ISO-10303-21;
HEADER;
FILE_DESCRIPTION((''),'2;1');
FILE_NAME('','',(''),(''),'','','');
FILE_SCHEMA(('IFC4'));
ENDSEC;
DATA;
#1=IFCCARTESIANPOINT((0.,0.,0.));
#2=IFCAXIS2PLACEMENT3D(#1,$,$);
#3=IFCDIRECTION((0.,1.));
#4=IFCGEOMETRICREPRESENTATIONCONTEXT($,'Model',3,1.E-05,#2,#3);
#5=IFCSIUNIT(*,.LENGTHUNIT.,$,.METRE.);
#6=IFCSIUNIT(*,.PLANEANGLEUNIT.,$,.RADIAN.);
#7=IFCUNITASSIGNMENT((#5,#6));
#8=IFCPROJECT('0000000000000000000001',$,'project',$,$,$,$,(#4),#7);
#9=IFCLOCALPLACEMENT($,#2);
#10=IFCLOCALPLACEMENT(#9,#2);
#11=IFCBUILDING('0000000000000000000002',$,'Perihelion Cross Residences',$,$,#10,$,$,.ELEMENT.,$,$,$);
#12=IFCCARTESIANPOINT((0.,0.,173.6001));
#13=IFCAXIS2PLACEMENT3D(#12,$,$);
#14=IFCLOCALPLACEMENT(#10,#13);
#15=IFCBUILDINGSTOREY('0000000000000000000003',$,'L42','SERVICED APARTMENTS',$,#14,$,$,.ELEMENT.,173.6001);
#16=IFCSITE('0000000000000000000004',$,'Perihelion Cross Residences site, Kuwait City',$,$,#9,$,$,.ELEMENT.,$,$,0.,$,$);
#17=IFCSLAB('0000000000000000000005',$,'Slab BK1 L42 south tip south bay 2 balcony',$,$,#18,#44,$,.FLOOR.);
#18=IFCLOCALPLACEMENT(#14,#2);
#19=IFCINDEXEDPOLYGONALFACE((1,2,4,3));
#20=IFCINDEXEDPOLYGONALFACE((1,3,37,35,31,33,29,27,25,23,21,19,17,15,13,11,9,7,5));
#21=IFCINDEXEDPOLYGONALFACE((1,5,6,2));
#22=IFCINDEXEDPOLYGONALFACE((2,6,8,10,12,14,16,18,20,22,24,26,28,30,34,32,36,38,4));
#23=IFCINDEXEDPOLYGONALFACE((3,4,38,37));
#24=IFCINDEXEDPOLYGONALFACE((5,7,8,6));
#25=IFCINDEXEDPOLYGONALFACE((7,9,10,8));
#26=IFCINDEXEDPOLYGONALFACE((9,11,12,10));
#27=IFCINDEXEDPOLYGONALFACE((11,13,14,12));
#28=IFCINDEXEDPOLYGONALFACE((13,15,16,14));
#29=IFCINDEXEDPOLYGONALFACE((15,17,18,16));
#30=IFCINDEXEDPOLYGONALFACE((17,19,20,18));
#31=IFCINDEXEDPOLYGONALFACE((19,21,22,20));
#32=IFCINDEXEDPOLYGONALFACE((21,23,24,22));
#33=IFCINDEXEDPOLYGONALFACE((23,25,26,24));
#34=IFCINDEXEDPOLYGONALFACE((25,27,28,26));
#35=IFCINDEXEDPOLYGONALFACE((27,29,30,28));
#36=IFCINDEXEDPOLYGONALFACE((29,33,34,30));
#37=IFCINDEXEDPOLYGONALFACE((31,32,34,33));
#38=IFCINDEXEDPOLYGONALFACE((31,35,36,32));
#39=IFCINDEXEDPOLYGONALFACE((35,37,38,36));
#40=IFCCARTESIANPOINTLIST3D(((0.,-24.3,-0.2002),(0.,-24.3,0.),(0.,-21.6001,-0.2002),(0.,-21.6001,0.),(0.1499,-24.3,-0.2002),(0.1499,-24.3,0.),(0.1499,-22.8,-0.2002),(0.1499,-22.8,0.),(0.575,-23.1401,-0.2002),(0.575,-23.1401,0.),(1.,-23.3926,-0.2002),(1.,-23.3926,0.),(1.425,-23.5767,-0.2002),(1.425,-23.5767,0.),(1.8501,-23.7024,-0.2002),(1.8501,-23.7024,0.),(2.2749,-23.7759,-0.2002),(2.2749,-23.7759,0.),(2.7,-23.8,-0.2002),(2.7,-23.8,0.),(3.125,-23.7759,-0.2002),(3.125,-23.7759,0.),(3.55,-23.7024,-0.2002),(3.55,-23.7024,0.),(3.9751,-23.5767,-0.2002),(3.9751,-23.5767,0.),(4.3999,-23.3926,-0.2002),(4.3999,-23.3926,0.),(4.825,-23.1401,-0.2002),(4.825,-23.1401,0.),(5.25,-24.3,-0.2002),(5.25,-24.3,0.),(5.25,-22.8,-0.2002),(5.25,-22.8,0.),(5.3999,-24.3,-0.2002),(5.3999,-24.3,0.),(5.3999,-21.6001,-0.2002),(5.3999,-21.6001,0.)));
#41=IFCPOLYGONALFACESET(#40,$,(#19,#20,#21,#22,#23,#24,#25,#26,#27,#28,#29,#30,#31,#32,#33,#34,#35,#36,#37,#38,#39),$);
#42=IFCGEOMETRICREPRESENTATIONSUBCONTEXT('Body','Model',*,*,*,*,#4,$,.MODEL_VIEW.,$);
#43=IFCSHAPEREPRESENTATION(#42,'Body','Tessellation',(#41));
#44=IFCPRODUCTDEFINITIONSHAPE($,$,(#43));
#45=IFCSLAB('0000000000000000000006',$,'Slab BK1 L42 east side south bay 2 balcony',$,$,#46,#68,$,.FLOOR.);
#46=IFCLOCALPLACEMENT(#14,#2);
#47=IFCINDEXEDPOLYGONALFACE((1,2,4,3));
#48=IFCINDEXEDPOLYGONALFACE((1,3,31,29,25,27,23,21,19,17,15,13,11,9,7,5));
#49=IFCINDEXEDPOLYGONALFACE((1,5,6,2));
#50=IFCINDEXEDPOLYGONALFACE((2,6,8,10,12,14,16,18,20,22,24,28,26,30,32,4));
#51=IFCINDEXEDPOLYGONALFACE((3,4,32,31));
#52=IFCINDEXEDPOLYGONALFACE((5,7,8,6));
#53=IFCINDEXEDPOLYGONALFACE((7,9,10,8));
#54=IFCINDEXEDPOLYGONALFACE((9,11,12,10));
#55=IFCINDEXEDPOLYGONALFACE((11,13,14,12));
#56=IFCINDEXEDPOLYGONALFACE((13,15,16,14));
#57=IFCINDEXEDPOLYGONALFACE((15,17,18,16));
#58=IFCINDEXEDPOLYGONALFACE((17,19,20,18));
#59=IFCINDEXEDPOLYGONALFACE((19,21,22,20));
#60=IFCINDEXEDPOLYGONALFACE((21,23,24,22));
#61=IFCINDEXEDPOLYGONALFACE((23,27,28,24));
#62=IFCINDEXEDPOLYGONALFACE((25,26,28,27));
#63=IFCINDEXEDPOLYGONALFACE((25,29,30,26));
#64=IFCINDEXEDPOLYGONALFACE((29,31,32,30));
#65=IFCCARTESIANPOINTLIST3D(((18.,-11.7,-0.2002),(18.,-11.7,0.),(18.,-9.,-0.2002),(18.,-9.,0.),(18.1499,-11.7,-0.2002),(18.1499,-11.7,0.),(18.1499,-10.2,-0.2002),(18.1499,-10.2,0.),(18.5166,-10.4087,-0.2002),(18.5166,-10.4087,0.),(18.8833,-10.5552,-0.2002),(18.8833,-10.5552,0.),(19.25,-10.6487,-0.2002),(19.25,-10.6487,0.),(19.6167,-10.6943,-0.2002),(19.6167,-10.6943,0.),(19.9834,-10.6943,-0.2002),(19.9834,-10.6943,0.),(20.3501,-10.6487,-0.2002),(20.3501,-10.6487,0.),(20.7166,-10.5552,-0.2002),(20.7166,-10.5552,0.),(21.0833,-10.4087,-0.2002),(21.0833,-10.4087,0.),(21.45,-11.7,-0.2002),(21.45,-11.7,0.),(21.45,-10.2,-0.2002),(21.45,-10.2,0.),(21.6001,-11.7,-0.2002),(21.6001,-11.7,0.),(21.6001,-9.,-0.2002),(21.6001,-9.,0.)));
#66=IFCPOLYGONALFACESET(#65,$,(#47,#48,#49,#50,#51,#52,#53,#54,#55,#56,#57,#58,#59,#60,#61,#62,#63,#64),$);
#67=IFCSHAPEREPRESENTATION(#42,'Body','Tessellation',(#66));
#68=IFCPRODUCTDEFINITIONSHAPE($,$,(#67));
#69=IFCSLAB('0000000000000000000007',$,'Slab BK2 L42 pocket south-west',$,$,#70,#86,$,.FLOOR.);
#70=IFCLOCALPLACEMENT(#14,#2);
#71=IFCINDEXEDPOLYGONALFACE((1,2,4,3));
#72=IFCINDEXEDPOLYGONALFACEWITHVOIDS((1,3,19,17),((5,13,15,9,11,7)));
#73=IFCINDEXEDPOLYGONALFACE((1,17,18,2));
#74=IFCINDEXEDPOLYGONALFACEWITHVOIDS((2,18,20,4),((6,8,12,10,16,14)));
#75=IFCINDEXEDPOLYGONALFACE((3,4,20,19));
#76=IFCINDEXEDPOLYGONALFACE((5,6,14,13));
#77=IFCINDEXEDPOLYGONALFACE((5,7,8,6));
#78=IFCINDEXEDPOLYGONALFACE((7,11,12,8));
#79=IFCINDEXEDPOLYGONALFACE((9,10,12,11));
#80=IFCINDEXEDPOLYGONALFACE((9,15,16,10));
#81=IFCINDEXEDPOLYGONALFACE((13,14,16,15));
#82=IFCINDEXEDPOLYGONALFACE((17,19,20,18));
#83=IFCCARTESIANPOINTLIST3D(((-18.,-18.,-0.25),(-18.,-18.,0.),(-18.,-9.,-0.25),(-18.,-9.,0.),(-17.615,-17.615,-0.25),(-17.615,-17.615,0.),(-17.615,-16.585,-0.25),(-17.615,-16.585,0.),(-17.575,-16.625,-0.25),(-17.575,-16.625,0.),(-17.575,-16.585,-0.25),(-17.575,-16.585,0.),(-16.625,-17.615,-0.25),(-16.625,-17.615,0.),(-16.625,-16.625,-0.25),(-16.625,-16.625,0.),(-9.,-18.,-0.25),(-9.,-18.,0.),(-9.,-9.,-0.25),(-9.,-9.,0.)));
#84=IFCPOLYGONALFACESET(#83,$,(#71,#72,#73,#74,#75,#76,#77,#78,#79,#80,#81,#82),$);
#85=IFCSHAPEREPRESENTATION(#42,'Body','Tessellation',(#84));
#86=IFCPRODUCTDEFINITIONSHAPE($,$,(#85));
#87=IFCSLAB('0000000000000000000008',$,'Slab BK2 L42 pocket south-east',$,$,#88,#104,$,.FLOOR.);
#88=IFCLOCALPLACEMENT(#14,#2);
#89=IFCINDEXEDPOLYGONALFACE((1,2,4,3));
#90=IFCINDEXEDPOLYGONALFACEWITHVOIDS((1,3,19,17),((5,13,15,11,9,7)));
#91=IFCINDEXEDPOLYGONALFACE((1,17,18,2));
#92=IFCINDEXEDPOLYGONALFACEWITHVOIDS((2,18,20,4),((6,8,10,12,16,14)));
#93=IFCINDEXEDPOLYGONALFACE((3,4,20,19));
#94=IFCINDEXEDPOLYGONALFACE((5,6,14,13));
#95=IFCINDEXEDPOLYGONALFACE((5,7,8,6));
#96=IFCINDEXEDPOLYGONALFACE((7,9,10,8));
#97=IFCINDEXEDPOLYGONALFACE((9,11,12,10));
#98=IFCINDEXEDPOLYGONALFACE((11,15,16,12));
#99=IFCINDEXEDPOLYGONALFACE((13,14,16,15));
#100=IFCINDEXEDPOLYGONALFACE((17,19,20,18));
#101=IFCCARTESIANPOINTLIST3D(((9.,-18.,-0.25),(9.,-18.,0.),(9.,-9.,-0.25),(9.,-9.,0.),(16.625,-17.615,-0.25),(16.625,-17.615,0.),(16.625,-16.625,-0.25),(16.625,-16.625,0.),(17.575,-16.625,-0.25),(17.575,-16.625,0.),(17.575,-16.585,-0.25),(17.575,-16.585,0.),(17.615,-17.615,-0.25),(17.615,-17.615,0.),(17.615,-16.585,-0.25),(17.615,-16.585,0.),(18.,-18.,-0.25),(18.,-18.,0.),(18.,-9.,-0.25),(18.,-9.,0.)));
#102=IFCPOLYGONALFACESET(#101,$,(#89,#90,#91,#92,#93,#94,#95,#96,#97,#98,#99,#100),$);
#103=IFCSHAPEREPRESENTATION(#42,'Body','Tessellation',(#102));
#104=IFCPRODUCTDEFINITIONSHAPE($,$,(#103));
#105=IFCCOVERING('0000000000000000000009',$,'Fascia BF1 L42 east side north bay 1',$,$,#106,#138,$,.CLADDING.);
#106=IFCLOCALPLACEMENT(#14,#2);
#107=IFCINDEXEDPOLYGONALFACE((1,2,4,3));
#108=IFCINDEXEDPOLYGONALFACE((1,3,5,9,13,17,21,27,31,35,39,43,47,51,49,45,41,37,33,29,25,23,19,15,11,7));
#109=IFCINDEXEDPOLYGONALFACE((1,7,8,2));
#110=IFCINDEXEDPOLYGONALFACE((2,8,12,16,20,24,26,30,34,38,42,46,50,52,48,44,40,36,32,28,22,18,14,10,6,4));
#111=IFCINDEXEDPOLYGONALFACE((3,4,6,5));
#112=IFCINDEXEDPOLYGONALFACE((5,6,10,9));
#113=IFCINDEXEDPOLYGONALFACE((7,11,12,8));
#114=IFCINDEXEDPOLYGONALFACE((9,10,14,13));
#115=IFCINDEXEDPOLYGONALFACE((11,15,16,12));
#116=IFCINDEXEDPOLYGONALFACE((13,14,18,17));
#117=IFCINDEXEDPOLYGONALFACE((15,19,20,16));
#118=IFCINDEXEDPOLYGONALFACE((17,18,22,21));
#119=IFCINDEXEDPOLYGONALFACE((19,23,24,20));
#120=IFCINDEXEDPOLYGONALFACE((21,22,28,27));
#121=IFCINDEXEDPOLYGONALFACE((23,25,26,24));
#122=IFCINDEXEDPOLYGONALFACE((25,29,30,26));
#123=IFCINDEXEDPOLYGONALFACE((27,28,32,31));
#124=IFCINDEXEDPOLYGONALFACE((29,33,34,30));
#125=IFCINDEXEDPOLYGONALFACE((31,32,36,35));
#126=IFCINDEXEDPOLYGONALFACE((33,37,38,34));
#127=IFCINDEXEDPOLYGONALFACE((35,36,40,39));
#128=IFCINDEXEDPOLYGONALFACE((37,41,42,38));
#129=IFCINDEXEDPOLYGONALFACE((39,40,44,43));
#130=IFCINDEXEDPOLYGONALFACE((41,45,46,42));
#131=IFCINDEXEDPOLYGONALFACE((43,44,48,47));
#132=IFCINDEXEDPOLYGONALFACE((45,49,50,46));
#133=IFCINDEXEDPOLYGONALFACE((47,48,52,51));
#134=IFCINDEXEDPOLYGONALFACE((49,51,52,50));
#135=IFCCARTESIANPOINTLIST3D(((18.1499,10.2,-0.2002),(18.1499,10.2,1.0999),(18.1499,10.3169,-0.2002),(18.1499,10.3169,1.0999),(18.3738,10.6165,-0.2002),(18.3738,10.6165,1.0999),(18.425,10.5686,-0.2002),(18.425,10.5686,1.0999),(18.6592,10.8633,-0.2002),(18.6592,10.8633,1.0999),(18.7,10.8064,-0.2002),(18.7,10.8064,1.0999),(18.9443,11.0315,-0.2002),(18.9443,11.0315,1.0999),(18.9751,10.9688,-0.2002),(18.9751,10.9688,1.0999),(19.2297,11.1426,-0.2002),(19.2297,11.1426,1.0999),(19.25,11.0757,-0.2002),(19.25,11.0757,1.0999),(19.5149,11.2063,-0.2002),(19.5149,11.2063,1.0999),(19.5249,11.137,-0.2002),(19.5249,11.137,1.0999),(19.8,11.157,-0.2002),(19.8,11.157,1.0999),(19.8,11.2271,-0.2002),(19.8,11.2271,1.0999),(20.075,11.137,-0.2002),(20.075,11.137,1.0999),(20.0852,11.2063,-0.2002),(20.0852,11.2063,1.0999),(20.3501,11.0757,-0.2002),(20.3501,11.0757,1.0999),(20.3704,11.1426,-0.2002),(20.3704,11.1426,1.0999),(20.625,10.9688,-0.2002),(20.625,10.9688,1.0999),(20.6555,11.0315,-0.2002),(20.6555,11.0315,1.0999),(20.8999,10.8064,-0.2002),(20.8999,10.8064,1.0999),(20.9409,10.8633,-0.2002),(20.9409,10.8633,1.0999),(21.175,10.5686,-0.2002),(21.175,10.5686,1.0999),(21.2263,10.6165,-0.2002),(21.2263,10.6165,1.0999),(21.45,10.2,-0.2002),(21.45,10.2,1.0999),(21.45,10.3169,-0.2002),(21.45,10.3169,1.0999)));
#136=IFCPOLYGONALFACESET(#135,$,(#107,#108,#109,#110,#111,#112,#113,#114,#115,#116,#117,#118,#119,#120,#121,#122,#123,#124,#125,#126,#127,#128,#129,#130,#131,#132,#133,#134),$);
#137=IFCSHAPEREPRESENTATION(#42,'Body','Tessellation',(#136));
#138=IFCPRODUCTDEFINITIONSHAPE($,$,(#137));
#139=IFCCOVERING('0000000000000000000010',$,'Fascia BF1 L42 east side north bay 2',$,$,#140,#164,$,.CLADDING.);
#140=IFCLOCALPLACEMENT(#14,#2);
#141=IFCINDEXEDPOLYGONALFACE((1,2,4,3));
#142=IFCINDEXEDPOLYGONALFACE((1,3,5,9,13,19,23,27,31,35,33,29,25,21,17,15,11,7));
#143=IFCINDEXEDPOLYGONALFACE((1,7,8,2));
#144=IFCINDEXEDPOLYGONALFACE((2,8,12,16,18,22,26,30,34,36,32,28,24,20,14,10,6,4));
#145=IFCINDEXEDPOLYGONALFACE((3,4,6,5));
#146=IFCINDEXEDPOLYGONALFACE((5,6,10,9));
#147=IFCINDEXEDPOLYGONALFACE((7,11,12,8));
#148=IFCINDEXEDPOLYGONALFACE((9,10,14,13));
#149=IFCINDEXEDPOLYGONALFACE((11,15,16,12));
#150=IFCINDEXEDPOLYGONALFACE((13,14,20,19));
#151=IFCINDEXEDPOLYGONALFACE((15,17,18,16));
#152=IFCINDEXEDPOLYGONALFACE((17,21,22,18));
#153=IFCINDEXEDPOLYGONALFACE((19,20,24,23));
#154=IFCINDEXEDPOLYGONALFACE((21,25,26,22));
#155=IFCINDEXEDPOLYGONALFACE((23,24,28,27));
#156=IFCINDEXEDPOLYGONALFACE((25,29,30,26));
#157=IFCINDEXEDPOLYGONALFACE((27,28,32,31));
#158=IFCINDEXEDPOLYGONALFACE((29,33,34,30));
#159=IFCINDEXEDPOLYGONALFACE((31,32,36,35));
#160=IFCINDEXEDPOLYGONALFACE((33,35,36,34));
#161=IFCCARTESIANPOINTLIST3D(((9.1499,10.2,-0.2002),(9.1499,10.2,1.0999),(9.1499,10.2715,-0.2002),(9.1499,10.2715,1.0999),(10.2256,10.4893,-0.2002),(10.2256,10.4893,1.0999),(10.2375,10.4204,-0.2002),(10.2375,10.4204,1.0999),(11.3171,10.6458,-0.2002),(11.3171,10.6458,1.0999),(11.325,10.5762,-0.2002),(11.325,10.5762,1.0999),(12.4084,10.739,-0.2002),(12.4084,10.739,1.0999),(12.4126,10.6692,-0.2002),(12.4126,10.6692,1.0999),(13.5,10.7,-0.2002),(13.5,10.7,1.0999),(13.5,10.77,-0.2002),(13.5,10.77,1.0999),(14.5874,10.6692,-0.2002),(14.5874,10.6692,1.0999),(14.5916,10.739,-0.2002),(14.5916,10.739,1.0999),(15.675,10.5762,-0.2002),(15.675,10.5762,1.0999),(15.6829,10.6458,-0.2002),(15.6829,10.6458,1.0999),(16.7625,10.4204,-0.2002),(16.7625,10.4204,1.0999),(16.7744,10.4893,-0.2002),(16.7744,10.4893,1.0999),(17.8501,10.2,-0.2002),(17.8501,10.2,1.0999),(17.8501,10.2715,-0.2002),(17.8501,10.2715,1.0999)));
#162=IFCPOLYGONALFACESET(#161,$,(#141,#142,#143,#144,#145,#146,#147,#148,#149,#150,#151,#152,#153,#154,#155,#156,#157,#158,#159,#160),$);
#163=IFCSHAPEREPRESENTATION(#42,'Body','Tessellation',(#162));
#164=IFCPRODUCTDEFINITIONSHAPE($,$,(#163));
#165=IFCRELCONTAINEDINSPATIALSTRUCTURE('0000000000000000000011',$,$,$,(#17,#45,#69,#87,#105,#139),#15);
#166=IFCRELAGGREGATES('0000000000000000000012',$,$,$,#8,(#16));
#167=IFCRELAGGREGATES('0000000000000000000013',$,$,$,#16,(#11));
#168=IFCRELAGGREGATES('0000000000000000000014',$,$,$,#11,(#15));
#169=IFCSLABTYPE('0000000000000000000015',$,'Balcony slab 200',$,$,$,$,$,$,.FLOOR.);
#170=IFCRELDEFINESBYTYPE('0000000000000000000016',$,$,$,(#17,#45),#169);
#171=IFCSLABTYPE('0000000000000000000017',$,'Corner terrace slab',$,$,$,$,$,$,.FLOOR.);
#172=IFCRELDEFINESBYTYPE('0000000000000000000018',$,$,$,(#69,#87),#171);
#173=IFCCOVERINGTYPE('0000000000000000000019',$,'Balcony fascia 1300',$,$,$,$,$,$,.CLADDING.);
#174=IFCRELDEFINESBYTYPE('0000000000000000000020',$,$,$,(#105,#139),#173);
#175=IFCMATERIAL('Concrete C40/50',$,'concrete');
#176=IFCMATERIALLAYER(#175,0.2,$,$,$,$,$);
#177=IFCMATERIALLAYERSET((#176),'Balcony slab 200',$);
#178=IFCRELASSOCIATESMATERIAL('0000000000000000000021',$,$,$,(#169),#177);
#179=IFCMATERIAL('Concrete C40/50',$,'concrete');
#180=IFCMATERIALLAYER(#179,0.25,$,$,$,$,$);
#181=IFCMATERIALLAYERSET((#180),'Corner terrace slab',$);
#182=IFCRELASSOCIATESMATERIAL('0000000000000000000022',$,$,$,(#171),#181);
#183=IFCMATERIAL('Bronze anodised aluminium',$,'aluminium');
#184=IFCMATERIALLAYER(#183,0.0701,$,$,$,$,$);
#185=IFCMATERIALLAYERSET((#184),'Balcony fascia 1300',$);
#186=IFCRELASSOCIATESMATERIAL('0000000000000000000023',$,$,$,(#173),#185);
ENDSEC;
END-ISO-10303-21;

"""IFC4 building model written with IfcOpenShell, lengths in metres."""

from ifc_helpers import new_model, si_unit, direction, frame, origin, place, context, subcontext, project, spatial, polyline, outline, extrude, material, layer, layer_set, type_object, element, save


model = new_model("IFC4")

# Units and contexts
model_context = context("Model", 3, precision=1e-05, world=origin(), true_north=direction((0.0, 1.0)))
body_context = subcontext(model_context, "Body", "Model", "MODEL_VIEW")
ifc_project = project(units=[si_unit("LENGTHUNIT", "METRE"), si_unit("PLANEANGLEUNIT", "RADIAN")], contexts=[model_context])

# Site, building, storey
site_placement = place(None, origin())
site = spatial("IfcSite", under=ifc_project, at=site_placement, Name="Perihelion Cross Residences site, Kuwait City", CompositionType="ELEMENT", RefElevation=0.0)
building_placement = place(site_placement, origin())
building = spatial("IfcBuilding", under=site, at=building_placement, Name="Perihelion Cross Residences", CompositionType="ELEMENT")
storey_placement = place(building_placement, frame((0.0, 0.0, 173.6001)))
storey = spatial("IfcBuildingStorey", under=building, at=storey_placement, Name="L42", Description="SERVICED APARTMENTS", CompositionType="ELEMENT", Elevation=173.6001)

# Slabs
ifc_material_1 = material(Name="Concrete C40/50", Category="concrete")
ifc_layer_1 = layer(ifc_material_1, 0.2)
ifc_layer_set_1 = layer_set([ifc_layer_1], Name="Balcony slab 200")
slab_type_1 = type_object("IfcSlabType", Name="Balcony slab 200", PredefinedType="FLOOR", material=ifc_layer_set_1)
slab_1_placement = place(storey_placement, frame((0.0, 0.0, -0.2002)))
element("IfcSlab", 1, at=slab_1_placement, inside=storey, type_object=slab_type_1, Name="Slab BK1 L42 south tip south bay 2 balcony", PredefinedType="FLOOR", context=body_context, shape_type="SweptSolid", body=[
    extrude(outline(polyline([(0.0, -21.6001), (5.3999, -21.6001), (5.3999, -24.3), (5.25, -24.3), (5.25, -22.8), (4.825, -23.1401), (4.3999, -23.3926), (3.9751, -23.5767), (3.55, -23.7024), (3.125, -23.7759), (2.7, -23.8), (2.2749, -23.7759), (1.8501, -23.7024), (1.425, -23.5767), (1.0, -23.3926), (0.575, -23.1401), (0.1499, -22.8), (0.1499, -24.3), (0.0, -24.3), (0.0, -21.6001)])), origin(), (0.0, 0.0, 1.0), 0.2002),
])
slab_2_placement = place(storey_placement, frame((0.0, 0.0, -0.2002)))
element("IfcSlab", 2, at=slab_2_placement, inside=storey, type_object=slab_type_1, Name="Slab BK1 L42 east side south bay 2 balcony", PredefinedType="FLOOR", context=body_context, shape_type="SweptSolid", body=[
    extrude(outline(polyline([(18.0, -9.0), (21.6001, -9.0), (21.6001, -11.7), (21.45, -11.7), (21.45, -10.2), (21.0833, -10.4087), (20.7166, -10.5552), (20.3501, -10.6487), (19.9834, -10.6943), (19.6167, -10.6943), (19.25, -10.6487), (18.8833, -10.5552), (18.5166, -10.4087), (18.1499, -10.2), (18.1499, -11.7), (18.0, -11.7), (18.0, -9.0)])), origin(), (0.0, 0.0, 1.0), 0.2002),
])
ifc_material_2 = material(Name="Concrete C40/50", Category="concrete")
ifc_layer_2 = layer(ifc_material_2, 0.25)
ifc_layer_set_2 = layer_set([ifc_layer_2], Name="Corner terrace slab")
slab_type_2 = type_object("IfcSlabType", Name="Corner terrace slab", PredefinedType="FLOOR", material=ifc_layer_set_2)
slab_3_placement = place(storey_placement, frame((0.0, 0.0, -0.25)))
element("IfcSlab", 3, at=slab_3_placement, inside=storey, type_object=slab_type_2, Name="Slab BK2 L42 pocket south-west", PredefinedType="FLOOR", context=body_context, shape_type="SweptSolid", body=[
    extrude(outline(polyline([(-9.0, -18.0), (-9.0, -9.0), (-18.0, -9.0), (-18.0, -18.0), (-9.0, -18.0)]), holes=[polyline([(-16.625, -17.615), (-17.615, -17.615), (-17.615, -16.585), (-17.575, -16.585), (-17.575, -16.625), (-16.625, -16.625), (-16.625, -17.615)])]), origin(), (0.0, 0.0, 1.0), 0.25),
])
slab_4_placement = place(storey_placement, frame((0.0, 0.0, -0.25)))
element("IfcSlab", 4, at=slab_4_placement, inside=storey, type_object=slab_type_2, Name="Slab BK2 L42 pocket south-east", PredefinedType="FLOOR", context=body_context, shape_type="SweptSolid", body=[
    extrude(outline(polyline([(18.0, -18.0), (18.0, -9.0), (9.0, -9.0), (9.0, -18.0), (18.0, -18.0)]), holes=[polyline([(16.625, -17.615), (16.625, -16.625), (17.575, -16.625), (17.575, -16.585), (17.615, -16.585), (17.615, -17.615), (16.625, -17.615)])]), origin(), (0.0, 0.0, 1.0), 0.25),
])

# Coverings
ifc_material_3 = material(Name="Bronze anodised aluminium", Category="aluminium")
ifc_layer_3 = layer(ifc_material_3, 0.0701)
ifc_layer_set_3 = layer_set([ifc_layer_3], Name="Balcony fascia 1300")
covering_type_1 = type_object("IfcCoveringType", Name="Balcony fascia 1300", PredefinedType="CLADDING", material=ifc_layer_set_3)
covering_1_placement = place(storey_placement, frame((0.0, 0.0, -0.2002)))
element("IfcCovering", 5, at=covering_1_placement, inside=storey, type_object=covering_type_1, Name="Fascia BF1 L42 east side north bay 1", PredefinedType="CLADDING", context=body_context, shape_type="SweptSolid", body=[
    extrude(outline(polyline([(21.2263, 10.6165), (20.9409, 10.8633), (20.6555, 11.0315), (20.3704, 11.1426), (20.0852, 11.2063), (19.8, 11.2271), (19.5149, 11.2063), (19.2297, 11.1426), (18.9443, 11.0315), (18.6592, 10.8633), (18.3738, 10.6165), (18.1499, 10.3169), (18.1499, 10.2), (18.425, 10.5686), (18.7, 10.8064), (18.9751, 10.9688), (19.25, 11.0757), (19.5249, 11.137), (19.8, 11.157), (20.075, 11.137), (20.3501, 11.0757), (20.625, 10.9688), (20.8999, 10.8064), (21.175, 10.5686), (21.45, 10.2), (21.45, 10.3169), (21.2263, 10.6165)])), origin(), (0.0, 0.0, 1.0), 1.3),
])
covering_2_placement = place(storey_placement, frame((0.0, 0.0, -0.2002)))
element("IfcCovering", 6, at=covering_2_placement, inside=storey, type_object=covering_type_1, Name="Fascia BF1 L42 east side north bay 2", PredefinedType="CLADDING", context=body_context, shape_type="SweptSolid", body=[
    extrude(outline(polyline([(16.7744, 10.4893), (15.6829, 10.6458), (14.5916, 10.739), (13.5, 10.77), (12.4084, 10.739), (11.3171, 10.6458), (10.2256, 10.4893), (9.1499, 10.2715), (9.1499, 10.2), (10.2375, 10.4204), (11.325, 10.5762), (12.4126, 10.6692), (13.5, 10.7), (14.5874, 10.6692), (15.675, 10.5762), (16.7625, 10.4204), (17.8501, 10.2), (17.8501, 10.2715), (16.7744, 10.4893)])), origin(), (0.0, 0.0, 1.0), 1.3),
])

save(model, "model.ifc")
